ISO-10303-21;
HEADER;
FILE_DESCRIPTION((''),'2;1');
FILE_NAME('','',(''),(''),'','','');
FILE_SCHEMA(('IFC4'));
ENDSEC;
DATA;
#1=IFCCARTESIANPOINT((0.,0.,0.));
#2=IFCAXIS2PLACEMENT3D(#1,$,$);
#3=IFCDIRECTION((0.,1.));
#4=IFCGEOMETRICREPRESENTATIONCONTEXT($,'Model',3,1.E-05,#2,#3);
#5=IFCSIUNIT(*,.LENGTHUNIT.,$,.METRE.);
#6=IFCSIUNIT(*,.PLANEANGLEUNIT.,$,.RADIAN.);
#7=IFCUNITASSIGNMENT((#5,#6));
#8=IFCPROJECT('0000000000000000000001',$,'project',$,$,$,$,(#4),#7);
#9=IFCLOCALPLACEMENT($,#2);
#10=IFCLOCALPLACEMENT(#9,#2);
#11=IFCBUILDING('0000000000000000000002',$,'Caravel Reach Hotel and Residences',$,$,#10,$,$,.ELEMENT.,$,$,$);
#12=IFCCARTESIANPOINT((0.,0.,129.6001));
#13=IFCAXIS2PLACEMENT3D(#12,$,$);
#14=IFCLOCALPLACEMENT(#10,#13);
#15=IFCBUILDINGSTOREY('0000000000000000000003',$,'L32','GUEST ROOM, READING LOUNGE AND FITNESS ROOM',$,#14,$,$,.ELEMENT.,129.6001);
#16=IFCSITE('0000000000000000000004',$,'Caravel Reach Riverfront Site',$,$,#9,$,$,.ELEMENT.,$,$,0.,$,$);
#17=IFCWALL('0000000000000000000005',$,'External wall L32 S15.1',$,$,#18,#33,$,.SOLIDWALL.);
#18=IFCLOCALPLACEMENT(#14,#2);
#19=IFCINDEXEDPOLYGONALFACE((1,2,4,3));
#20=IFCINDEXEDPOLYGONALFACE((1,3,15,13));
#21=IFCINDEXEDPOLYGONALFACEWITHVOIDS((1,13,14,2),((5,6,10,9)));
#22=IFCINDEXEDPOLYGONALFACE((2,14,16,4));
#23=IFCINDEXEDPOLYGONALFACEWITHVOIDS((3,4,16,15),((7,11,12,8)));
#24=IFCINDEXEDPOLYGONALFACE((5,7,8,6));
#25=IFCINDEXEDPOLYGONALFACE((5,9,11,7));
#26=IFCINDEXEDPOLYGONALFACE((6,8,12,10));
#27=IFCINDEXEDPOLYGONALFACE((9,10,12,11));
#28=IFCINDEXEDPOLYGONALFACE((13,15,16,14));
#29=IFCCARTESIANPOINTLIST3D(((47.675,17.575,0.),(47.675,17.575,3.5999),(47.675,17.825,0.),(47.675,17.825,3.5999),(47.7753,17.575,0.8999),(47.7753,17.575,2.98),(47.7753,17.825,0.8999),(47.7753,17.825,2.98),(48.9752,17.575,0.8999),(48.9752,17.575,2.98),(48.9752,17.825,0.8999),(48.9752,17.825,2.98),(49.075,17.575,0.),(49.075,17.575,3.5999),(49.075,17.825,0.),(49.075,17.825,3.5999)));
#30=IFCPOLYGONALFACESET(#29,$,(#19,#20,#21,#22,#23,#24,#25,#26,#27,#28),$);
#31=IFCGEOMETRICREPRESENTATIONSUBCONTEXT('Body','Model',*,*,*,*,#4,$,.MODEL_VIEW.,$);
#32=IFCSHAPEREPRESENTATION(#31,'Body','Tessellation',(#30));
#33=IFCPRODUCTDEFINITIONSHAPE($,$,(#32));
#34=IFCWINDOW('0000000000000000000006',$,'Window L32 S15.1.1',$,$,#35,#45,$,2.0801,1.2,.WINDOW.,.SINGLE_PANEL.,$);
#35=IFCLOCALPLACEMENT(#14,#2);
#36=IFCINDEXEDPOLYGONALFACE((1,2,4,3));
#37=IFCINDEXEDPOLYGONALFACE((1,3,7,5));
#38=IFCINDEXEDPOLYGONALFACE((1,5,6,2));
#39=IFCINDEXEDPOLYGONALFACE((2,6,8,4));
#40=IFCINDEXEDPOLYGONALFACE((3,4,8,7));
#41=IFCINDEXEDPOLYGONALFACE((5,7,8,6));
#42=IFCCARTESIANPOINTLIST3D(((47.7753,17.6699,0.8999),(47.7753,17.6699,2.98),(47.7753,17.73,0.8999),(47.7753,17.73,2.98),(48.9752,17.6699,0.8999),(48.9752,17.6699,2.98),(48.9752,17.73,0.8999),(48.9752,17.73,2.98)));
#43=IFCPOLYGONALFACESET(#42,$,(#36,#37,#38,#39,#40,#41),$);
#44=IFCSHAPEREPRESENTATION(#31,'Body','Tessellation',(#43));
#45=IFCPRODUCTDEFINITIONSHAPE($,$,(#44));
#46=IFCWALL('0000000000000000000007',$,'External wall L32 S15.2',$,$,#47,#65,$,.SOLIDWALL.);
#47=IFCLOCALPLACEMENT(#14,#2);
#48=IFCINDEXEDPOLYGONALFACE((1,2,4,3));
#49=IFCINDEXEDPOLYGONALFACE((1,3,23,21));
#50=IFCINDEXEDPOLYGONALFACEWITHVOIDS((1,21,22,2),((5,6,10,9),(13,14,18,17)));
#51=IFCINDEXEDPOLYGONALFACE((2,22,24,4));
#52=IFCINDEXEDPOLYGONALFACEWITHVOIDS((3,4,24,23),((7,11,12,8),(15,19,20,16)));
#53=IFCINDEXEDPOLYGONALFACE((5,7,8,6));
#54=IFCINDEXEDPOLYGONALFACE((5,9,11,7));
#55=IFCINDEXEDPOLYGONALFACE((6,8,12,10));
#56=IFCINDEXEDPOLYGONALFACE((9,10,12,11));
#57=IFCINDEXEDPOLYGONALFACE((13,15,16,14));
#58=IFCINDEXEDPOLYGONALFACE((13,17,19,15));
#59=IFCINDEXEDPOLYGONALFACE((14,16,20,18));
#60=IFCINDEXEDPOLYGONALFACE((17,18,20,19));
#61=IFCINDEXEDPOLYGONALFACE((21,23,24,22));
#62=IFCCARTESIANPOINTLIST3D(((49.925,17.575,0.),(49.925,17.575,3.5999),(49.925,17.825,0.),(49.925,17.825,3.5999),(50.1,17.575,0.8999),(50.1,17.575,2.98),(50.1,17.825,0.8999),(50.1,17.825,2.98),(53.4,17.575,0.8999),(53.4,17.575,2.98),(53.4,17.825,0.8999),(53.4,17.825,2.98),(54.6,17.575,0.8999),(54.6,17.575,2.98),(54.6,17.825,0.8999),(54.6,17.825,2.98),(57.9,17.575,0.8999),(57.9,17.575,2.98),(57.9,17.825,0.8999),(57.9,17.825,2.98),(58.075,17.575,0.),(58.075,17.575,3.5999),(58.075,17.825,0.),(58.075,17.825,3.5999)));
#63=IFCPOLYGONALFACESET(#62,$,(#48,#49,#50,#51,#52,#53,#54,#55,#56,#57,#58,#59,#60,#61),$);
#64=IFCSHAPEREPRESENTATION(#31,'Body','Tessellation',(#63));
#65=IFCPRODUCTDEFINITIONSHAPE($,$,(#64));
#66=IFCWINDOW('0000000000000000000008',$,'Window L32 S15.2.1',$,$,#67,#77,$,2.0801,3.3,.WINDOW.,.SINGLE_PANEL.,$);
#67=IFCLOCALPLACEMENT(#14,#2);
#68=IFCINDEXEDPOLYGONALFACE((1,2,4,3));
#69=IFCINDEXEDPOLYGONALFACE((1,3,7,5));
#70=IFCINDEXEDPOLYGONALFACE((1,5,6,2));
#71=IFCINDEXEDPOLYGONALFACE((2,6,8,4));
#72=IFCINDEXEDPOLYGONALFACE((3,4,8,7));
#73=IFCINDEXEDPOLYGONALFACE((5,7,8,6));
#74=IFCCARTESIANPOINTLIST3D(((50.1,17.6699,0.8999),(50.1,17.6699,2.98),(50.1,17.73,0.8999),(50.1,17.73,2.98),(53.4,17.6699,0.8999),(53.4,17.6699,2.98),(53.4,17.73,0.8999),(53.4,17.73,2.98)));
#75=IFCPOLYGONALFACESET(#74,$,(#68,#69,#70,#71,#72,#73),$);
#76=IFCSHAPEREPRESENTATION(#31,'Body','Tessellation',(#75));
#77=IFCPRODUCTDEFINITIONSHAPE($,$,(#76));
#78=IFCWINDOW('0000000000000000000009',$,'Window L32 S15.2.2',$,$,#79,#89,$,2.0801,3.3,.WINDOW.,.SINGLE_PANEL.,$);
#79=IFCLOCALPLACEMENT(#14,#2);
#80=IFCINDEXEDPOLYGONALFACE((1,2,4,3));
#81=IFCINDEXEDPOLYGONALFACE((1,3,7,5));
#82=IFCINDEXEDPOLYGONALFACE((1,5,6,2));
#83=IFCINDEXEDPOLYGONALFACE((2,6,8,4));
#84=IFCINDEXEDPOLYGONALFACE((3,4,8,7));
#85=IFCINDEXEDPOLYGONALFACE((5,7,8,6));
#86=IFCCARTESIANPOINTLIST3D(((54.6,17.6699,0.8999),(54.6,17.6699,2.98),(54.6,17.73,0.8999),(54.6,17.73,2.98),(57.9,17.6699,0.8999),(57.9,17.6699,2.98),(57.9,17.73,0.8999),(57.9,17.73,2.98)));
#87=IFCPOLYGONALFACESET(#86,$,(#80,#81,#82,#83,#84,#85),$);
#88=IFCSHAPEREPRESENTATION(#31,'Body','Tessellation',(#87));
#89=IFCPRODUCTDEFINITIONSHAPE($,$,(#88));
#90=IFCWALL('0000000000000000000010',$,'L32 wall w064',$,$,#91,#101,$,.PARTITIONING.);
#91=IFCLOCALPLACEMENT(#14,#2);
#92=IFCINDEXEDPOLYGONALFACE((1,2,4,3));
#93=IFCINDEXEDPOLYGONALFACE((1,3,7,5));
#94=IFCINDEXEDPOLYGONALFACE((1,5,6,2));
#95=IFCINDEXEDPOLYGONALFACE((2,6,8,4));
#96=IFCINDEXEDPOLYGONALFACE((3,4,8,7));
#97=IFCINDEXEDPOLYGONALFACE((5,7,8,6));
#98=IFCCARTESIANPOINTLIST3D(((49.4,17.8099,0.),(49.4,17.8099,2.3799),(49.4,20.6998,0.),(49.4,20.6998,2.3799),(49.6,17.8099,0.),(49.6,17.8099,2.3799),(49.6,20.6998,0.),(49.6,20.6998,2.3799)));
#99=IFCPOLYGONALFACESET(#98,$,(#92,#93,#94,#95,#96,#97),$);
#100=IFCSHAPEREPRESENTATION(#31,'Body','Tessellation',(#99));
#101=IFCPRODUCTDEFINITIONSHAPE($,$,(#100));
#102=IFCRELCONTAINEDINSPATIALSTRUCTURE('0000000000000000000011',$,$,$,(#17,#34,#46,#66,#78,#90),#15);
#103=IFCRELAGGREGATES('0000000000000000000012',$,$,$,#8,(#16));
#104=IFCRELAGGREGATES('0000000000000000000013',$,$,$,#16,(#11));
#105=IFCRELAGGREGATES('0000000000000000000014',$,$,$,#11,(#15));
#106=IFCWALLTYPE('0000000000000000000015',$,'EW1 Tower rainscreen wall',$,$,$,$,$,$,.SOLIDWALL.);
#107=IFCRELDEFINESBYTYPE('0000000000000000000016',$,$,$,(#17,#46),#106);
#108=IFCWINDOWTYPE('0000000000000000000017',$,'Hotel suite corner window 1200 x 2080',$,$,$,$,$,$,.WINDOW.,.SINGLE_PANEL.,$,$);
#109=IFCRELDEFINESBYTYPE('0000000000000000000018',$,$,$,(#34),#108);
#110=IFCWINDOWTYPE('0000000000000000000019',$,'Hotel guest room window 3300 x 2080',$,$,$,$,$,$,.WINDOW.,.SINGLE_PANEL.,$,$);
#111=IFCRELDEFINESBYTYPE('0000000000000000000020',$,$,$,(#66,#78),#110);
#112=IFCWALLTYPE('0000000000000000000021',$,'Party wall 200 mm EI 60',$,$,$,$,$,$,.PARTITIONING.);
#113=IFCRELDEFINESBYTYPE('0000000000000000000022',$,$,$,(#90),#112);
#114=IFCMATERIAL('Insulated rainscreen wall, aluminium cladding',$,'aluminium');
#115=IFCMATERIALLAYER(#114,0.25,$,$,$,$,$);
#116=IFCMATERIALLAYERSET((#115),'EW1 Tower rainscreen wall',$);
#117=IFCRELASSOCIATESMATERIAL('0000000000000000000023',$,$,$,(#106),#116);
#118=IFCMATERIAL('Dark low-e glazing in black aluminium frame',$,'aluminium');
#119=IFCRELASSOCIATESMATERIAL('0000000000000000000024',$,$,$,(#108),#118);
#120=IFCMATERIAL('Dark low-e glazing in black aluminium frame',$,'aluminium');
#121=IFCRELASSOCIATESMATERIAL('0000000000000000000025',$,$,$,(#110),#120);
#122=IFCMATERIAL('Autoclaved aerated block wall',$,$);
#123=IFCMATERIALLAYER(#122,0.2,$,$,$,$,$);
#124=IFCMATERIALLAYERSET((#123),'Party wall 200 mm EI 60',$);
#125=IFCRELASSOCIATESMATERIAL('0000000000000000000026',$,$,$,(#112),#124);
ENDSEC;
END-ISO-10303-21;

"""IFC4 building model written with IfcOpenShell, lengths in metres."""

from ifc_helpers import new_model, si_unit, direction, frame, frame_2d, origin, place, context, subcontext, project, spatial, rectangle, extrude, material, layer, layer_set, type_object, element, fill, save


model = new_model("IFC4")

# Units and contexts
model_context = context("Model", 3, precision=1e-05, world=origin(), true_north=direction((0.0, 1.0)))
body_context = subcontext(model_context, "Body", "Model", "MODEL_VIEW")
ifc_project = project(units=[si_unit("LENGTHUNIT", "METRE"), si_unit("PLANEANGLEUNIT", "RADIAN")], contexts=[model_context])

# Site, building, storey
site_placement = place(None, origin())
site = spatial("IfcSite", under=ifc_project, at=site_placement, Name="Caravel Reach Riverfront Site", CompositionType="ELEMENT", RefElevation=0.0)
building_placement = place(site_placement, origin())
building = spatial("IfcBuilding", under=site, at=building_placement, Name="Caravel Reach Hotel and Residences", CompositionType="ELEMENT")
storey_placement = place(building_placement, frame((0.0, 0.0, 129.6001)))
storey = spatial("IfcBuildingStorey", under=building, at=storey_placement, Name="L32", Description="GUEST ROOM, READING LOUNGE AND FITNESS ROOM", CompositionType="ELEMENT", Elevation=129.6001)

# Wall, opening, window
ifc_material_1 = material(Name="Insulated rainscreen wall, aluminium cladding", Category="aluminium")
ifc_layer_1 = layer(ifc_material_1, 0.25)
ifc_layer_set_1 = layer_set([ifc_layer_1], Name="EW1 Tower rainscreen wall")
wall_type_1 = type_object("IfcWallType", Name="EW1 Tower rainscreen wall", PredefinedType="SOLIDWALL", material=ifc_layer_set_1)
ifc_material_2 = material(Name="Dark low-e glazing in black aluminium frame", Category="aluminium")
window_type_1 = type_object("IfcWindowType", Name="Hotel suite corner window 1200 x 2080", PartitioningType="SINGLE_PANEL", PredefinedType="WINDOW", material=ifc_material_2)
wall_1_placement = place(storey_placement, frame((47.675, 17.7, 0.0), z_axis=(0.0, 0.0, 1.0), x_axis=(1.0, 0.0, 0.0)))
wall_1 = element("IfcWall", 1, at=wall_1_placement, inside=storey, type_object=wall_type_1, Name="External wall L32 S15.1", PredefinedType="SOLIDWALL", context=body_context, shape_type="SweptSolid", body=[
    extrude(rectangle(XDim=1.3999, YDim=0.25, at=frame_2d((0.7, 0.0))), origin(), (0.0, 0.0, 1.0), 3.5999),
])
opening_1_placement = place(wall_1_placement, frame((0.1001, 0.0, 0.8999)))
opening_1 = element("IfcOpeningElement", 2, at=opening_1_placement, cuts=wall_1, PredefinedType="OPENING", context=body_context, shape_type="SweptSolid", body=[
    extrude(rectangle(XDim=1.2, YDim=2.0801, at=frame_2d((0.6001, 1.04))), frame((0.0, 0.135, 0.0), z_axis=(0.0, -1.0, 0.0), x_axis=(1.0, 0.0, 0.0)), (0.0, 0.0, 1.0), 0.27),
])
window_1_placement = place(opening_1_placement, origin())
window_1 = element("IfcWindow", 3, at=window_1_placement, inside=storey, type_object=window_type_1, Name="Window L32 S15.1.1", OverallHeight=2.0801, OverallWidth=1.2, PartitioningType="SINGLE_PANEL", PredefinedType="WINDOW", context=body_context, shape_type="SweptSolid", body=[
    extrude(rectangle(XDim=1.2, YDim=2.0801, at=frame_2d((0.6001, 1.04))), frame((0.0, 0.03, 0.0), z_axis=(0.0, -1.0, 0.0), x_axis=(1.0, 0.0, 0.0)), (0.0, 0.0, 1.0), 0.0601),
])
fill(opening_1, window_1)

# Wall, openings, windows
wall_2_placement = place(storey_placement, frame((49.925, 17.7, 0.0), z_axis=(0.0, 0.0, 1.0), x_axis=(1.0, 0.0, 0.0)))
wall_2 = element("IfcWall", 4, at=wall_2_placement, inside=storey, type_object=wall_type_1, Name="External wall L32 S15.2", PredefinedType="SOLIDWALL", context=body_context, shape_type="SweptSolid", body=[
    extrude(rectangle(XDim=8.1499, YDim=0.25, at=frame_2d((4.075, 0.0))), origin(), (0.0, 0.0, 1.0), 3.5999),
])
opening_2_placement = place(wall_2_placement, frame((0.175, 0.0, 0.8999)))
opening_2 = element("IfcOpeningElement", 5, at=opening_2_placement, cuts=wall_2, PredefinedType="OPENING", context=body_context, shape_type="SweptSolid", body=[
    extrude(rectangle(XDim=3.3, YDim=2.0801, at=frame_2d((1.6499, 1.04))), frame((0.0, 0.135, 0.0), z_axis=(0.0, -1.0, 0.0), x_axis=(1.0, 0.0, 0.0)), (0.0, 0.0, 1.0), 0.27),
])
opening_3_placement = place(wall_2_placement, frame((4.675, 0.0, 0.8999)))
opening_3 = element("IfcOpeningElement", 6, at=opening_3_placement, cuts=wall_2, PredefinedType="OPENING", context=body_context, shape_type="SweptSolid", body=[
    extrude(rectangle(XDim=3.3, YDim=2.0801, at=frame_2d((1.6499, 1.04))), frame((0.0, 0.135, 0.0), z_axis=(0.0, -1.0, 0.0), x_axis=(1.0, 0.0, 0.0)), (0.0, 0.0, 1.0), 0.27),
])
ifc_material_3 = material(Name="Dark low-e glazing in black aluminium frame", Category="aluminium")
window_type_2 = type_object("IfcWindowType", Name="Hotel guest room window 3300 x 2080", PartitioningType="SINGLE_PANEL", PredefinedType="WINDOW", material=ifc_material_3)
window_2_placement = place(opening_2_placement, origin())
window_2 = element("IfcWindow", 7, at=window_2_placement, inside=storey, type_object=window_type_2, Name="Window L32 S15.2.1", OverallHeight=2.0801, OverallWidth=3.3, PartitioningType="SINGLE_PANEL", PredefinedType="WINDOW", context=body_context, shape_type="SweptSolid", body=[
    extrude(rectangle(XDim=3.3, YDim=2.0801, at=frame_2d((1.6499, 1.04))), frame((0.0, 0.03, 0.0), z_axis=(0.0, -1.0, 0.0), x_axis=(1.0, 0.0, 0.0)), (0.0, 0.0, 1.0), 0.0601),
])
fill(opening_2, window_2)
window_3_placement = place(opening_3_placement, origin())
window_3 = element("IfcWindow", 8, at=window_3_placement, inside=storey, type_object=window_type_2, Name="Window L32 S15.2.2", OverallHeight=2.0801, OverallWidth=3.3, PartitioningType="SINGLE_PANEL", PredefinedType="WINDOW", context=body_context, shape_type="SweptSolid", body=[
    extrude(rectangle(XDim=3.3, YDim=2.0801, at=frame_2d((1.6499, 1.04))), frame((0.0, 0.03, 0.0), z_axis=(0.0, -1.0, 0.0), x_axis=(1.0, 0.0, 0.0)), (0.0, 0.0, 1.0), 0.0601),
])
fill(opening_3, window_3)

# Wall
ifc_material_4 = material(Name="Autoclaved aerated block wall")
ifc_layer_2 = layer(ifc_material_4, 0.2)
ifc_layer_set_2 = layer_set([ifc_layer_2], Name="Party wall 200 mm EI 60")
wall_type_2 = type_object("IfcWallType", Name="Party wall 200 mm EI 60", PredefinedType="PARTITIONING", material=ifc_layer_set_2)
wall_3_placement = place(storey_placement, frame((49.5, 17.8101, 0.0), z_axis=(0.0, 0.0, 1.0), x_axis=(0.0, 1.0, 0.0)))
element("IfcWall", 9, at=wall_3_placement, inside=storey, type_object=wall_type_2, Name="L32 wall w064", PredefinedType="PARTITIONING", context=body_context, shape_type="SweptSolid", body=[
    extrude(rectangle(XDim=2.8899, YDim=0.2, at=frame_2d((1.4448, 0.0))), origin(), (0.0, 0.0, 1.0), 2.3799),
])

save(model, "model.ifc")
